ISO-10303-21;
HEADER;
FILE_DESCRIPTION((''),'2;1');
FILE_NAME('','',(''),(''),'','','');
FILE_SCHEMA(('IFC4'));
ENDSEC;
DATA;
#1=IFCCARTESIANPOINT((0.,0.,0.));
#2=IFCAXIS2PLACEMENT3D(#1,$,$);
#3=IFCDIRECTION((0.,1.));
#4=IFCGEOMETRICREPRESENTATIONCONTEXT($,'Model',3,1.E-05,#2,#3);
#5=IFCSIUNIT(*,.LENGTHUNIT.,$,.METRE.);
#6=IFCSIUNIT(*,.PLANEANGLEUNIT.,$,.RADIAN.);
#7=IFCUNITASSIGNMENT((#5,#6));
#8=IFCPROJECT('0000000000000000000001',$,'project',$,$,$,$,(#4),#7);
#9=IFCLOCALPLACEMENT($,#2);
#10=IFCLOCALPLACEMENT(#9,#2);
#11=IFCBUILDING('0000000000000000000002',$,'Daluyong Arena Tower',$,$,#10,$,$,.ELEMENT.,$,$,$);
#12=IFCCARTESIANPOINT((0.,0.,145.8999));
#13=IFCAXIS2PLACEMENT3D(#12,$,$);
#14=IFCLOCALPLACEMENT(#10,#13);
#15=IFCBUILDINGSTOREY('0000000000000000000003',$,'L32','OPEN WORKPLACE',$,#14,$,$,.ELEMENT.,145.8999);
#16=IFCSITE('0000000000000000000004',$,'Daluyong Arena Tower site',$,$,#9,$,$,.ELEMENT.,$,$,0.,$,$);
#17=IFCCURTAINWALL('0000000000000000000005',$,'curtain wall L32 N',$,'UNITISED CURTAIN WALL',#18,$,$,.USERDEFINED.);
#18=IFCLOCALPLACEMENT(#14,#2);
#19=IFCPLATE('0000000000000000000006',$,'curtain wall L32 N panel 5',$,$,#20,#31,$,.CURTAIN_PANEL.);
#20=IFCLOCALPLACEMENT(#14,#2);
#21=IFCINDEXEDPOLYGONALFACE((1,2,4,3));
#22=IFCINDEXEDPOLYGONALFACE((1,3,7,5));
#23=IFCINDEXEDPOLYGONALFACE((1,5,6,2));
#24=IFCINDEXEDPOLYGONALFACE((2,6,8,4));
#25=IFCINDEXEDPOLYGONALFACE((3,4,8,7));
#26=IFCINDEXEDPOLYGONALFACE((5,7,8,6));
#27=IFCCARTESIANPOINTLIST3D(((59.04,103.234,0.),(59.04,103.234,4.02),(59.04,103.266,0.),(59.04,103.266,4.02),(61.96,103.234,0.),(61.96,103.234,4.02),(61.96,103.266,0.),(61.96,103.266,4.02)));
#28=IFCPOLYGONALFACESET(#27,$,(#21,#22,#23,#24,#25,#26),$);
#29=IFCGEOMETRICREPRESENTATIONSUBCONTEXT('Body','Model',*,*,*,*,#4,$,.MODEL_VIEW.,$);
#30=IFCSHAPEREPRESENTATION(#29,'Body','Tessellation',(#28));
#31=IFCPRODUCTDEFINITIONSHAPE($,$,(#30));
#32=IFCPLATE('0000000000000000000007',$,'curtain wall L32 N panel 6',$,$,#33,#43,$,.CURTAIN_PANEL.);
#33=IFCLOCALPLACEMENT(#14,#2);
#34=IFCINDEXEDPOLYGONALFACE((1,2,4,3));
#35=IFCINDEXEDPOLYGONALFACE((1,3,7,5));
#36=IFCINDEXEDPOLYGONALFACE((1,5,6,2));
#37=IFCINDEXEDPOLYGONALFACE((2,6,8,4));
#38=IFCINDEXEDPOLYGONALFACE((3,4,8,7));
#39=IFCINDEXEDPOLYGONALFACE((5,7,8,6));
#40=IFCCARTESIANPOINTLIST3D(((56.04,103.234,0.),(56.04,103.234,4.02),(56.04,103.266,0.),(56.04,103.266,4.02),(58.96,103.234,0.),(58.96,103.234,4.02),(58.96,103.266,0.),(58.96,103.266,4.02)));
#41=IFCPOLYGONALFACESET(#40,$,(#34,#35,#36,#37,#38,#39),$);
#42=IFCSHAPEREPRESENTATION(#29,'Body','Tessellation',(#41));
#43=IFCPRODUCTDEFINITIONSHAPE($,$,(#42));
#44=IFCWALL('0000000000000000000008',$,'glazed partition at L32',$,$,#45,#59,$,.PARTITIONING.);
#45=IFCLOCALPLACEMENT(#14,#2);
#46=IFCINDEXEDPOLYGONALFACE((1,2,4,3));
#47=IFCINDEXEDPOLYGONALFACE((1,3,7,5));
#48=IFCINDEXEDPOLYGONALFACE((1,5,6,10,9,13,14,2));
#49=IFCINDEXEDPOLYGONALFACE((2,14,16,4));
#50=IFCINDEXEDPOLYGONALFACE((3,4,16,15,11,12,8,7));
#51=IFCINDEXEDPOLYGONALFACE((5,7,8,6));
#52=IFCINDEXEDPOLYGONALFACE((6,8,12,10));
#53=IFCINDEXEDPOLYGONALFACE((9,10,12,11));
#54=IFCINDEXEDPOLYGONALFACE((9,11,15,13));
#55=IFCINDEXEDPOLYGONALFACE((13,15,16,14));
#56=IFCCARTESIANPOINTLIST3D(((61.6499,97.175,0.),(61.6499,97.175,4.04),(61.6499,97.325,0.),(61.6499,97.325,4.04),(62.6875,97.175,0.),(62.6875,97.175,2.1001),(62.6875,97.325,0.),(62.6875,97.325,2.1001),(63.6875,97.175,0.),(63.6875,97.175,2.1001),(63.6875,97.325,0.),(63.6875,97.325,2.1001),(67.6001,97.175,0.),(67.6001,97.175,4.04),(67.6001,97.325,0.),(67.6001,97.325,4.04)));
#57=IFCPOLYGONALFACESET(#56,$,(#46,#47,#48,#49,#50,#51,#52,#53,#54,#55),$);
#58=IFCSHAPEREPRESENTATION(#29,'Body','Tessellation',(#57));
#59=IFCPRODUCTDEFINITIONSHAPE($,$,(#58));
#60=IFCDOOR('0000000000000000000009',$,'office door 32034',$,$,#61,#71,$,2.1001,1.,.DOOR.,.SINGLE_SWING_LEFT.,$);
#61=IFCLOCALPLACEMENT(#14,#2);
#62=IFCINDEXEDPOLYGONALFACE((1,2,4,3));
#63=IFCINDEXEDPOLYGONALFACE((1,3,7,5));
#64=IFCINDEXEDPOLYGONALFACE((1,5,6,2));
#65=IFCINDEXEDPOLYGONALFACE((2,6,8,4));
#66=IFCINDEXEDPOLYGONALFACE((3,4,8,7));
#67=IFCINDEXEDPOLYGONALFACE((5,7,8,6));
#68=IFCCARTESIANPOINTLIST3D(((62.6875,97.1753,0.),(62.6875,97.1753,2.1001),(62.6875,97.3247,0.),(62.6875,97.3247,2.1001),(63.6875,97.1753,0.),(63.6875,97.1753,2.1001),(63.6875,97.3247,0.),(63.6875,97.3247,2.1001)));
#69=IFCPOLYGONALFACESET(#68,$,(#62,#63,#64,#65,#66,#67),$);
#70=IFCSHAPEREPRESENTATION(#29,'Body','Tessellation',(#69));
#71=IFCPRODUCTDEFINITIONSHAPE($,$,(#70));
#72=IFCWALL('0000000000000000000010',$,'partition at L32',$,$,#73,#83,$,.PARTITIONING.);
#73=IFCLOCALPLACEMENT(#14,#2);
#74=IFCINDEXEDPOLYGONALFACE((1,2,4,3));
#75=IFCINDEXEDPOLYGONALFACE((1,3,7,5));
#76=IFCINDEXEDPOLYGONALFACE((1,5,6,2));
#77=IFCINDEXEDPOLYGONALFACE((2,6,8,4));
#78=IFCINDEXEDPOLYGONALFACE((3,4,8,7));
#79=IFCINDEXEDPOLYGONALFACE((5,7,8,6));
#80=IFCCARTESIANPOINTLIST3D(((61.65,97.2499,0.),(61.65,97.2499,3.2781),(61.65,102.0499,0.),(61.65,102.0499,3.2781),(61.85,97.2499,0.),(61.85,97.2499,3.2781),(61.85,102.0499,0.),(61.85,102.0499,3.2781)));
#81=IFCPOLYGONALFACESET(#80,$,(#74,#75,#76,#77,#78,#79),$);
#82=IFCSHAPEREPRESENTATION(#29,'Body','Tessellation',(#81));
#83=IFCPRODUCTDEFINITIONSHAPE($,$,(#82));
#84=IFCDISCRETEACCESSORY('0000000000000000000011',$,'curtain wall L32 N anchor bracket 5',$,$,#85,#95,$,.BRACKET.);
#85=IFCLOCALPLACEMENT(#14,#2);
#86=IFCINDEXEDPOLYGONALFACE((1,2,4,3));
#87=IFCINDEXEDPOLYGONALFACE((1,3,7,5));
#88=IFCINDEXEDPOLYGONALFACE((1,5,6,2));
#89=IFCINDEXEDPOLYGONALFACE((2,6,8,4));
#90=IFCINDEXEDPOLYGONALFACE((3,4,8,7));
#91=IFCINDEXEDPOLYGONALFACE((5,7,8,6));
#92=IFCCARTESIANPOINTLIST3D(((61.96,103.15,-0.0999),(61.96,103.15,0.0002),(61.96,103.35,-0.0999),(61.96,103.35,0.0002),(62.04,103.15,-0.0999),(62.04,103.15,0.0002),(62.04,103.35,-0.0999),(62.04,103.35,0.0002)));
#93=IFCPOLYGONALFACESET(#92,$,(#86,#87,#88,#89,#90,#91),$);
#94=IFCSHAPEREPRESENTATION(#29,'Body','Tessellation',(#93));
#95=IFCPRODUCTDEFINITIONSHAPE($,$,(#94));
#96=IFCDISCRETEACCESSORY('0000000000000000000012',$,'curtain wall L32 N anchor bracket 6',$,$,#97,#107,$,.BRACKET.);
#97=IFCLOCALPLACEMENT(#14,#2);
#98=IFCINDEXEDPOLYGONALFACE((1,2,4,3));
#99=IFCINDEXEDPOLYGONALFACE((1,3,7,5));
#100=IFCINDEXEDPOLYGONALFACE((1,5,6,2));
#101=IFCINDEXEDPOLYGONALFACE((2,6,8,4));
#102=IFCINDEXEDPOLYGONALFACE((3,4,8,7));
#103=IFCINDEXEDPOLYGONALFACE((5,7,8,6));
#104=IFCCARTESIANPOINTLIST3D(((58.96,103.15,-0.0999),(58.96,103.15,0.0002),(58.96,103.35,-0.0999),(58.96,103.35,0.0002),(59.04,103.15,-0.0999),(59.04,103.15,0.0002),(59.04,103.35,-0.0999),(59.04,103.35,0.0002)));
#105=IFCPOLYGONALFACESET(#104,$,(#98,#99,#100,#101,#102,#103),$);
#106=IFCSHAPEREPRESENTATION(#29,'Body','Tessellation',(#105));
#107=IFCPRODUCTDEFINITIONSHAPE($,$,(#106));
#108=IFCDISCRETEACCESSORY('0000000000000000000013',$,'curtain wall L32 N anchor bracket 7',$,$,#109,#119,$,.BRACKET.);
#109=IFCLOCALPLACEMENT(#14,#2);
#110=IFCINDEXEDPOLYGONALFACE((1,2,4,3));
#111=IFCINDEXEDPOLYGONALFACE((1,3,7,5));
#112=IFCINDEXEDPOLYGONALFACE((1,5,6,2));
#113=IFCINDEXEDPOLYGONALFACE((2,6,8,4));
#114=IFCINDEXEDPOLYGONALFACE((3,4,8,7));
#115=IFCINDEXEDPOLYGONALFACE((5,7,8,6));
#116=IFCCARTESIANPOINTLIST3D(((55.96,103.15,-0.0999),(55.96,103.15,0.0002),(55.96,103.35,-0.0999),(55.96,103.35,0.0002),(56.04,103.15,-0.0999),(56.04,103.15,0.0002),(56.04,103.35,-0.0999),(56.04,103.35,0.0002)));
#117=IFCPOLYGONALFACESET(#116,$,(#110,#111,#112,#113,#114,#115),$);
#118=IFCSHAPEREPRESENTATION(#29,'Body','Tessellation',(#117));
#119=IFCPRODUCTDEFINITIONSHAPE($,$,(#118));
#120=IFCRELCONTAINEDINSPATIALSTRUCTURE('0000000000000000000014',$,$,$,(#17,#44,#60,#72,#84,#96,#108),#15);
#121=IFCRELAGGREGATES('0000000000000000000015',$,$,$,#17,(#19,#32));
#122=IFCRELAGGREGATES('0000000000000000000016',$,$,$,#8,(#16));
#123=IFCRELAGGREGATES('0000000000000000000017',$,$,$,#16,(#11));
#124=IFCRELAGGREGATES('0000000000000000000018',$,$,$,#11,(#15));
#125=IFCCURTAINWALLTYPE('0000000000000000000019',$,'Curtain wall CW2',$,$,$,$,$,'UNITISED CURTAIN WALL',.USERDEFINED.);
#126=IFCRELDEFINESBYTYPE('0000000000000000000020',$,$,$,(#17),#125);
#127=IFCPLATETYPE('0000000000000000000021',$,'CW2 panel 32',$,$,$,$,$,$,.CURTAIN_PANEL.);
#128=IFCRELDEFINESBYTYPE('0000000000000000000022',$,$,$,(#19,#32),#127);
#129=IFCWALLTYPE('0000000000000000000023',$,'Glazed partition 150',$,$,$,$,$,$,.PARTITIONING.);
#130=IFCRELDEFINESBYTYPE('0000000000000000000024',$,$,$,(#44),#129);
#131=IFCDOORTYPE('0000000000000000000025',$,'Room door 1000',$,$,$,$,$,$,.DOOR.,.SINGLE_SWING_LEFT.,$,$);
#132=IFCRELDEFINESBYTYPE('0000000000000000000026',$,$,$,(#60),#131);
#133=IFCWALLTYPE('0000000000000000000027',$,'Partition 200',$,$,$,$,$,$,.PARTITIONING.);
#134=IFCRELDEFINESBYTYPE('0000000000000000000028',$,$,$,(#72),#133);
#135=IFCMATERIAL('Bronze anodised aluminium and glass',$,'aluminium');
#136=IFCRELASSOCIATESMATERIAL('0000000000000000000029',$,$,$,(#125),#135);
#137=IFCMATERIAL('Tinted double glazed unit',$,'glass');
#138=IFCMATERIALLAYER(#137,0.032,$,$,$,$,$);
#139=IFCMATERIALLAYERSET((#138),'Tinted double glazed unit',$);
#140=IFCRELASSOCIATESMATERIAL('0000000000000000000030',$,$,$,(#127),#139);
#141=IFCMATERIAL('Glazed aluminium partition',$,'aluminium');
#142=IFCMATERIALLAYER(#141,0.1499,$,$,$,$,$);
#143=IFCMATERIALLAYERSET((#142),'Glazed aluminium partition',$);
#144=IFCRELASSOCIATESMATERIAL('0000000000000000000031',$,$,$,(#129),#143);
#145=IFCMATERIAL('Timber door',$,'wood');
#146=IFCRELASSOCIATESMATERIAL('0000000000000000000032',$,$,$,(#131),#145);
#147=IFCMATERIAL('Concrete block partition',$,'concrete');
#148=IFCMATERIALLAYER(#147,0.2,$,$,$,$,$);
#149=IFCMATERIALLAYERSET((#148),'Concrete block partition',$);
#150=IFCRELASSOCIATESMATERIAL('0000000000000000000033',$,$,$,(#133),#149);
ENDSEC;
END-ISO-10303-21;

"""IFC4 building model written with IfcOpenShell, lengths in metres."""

from ifc_helpers import new_model, si_unit, direction, frame, frame_2d, origin, origin_2d, place, context, subcontext, project, spatial, rectangle, extrude, material, layer, layer_set, type_object, element, fill, aggregate, save


model = new_model("IFC4")

# Units and contexts
model_context = context("Model", 3, precision=1e-05, world=origin(), true_north=direction((0.0, 1.0)))
body_context = subcontext(model_context, "Body", "Model", "MODEL_VIEW")
ifc_project = project(units=[si_unit("LENGTHUNIT", "METRE"), si_unit("PLANEANGLEUNIT", "RADIAN")], contexts=[model_context])

# Site, building, storey
site_placement = place(None, origin())
site = spatial("IfcSite", under=ifc_project, at=site_placement, Name="Daluyong Arena Tower site", CompositionType="ELEMENT", RefElevation=0.0)
building_placement = place(site_placement, origin())
building = spatial("IfcBuilding", under=site, at=building_placement, Name="Daluyong Arena Tower", CompositionType="ELEMENT")
storey_placement = place(building_placement, frame((0.0, 0.0, 145.8999)))
storey = spatial("IfcBuildingStorey", under=building, at=storey_placement, Name="L32", Description="OPEN WORKPLACE", CompositionType="ELEMENT", Elevation=145.8999)

# Curtain wall
ifc_material_1 = material(Name="Bronze anodised aluminium and glass", Category="aluminium")
curtain_wall_type = type_object("IfcCurtainWallType", Name="Curtain wall CW2", ElementType="UNITISED CURTAIN WALL", PredefinedType="USERDEFINED", material=ifc_material_1)
curtain_wall_placement = place(storey_placement, origin())
curtain_wall = element("IfcCurtainWall", 1, at=curtain_wall_placement, inside=storey, type_object=curtain_wall_type, Name="curtain wall L32 N", ObjectType="UNITISED CURTAIN WALL", PredefinedType="USERDEFINED")

# Plates
ifc_material_2 = material(Name="Tinted double glazed unit", Category="glass")
ifc_layer_1 = layer(ifc_material_2, 0.032)
ifc_layer_set_1 = layer_set([ifc_layer_1], Name="Tinted double glazed unit")
plate_type = type_object("IfcPlateType", Name="CW2 panel 32", PredefinedType="CURTAIN_PANEL", material=ifc_layer_set_1)
plate_1_placement = place(storey_placement, frame((60.5, 103.25, 0.0), z_axis=(0.0, 0.0, 1.0), x_axis=(-1.0, 0.0, 0.0)))
plate_1 = element("IfcPlate", 2, at=plate_1_placement, type_object=plate_type, Name="curtain wall L32 N panel 5", PredefinedType="CURTAIN_PANEL", context=body_context, shape_type="SweptSolid", body=[
    extrude(rectangle(XDim=2.9199, YDim=0.032, at=origin_2d()), origin(), (0.0, 0.0, 1.0), 4.02),
])
plate_2_placement = place(storey_placement, frame((57.5, 103.25, 0.0), z_axis=(0.0, 0.0, 1.0), x_axis=(-1.0, 0.0, 0.0)))
plate_2 = element("IfcPlate", 3, at=plate_2_placement, type_object=plate_type, Name="curtain wall L32 N panel 6", PredefinedType="CURTAIN_PANEL", context=body_context, shape_type="SweptSolid", body=[
    extrude(rectangle(XDim=2.9199, YDim=0.032, at=origin_2d()), origin(), (0.0, 0.0, 1.0), 4.02),
])
aggregate(curtain_wall, [plate_1, plate_2])

# Wall, opening, door
ifc_material_3 = material(Name="Glazed aluminium partition", Category="aluminium")
ifc_layer_2 = layer(ifc_material_3, 0.1499)
ifc_layer_set_2 = layer_set([ifc_layer_2], Name="Glazed aluminium partition")
wall_type_1 = type_object("IfcWallType", Name="Glazed partition 150", PredefinedType="PARTITIONING", material=ifc_layer_set_2)
wall_1_placement = place(storey_placement, frame((61.6499, 97.25, 0.0), z_axis=(0.0, 0.0, 1.0), x_axis=(1.0, 0.0, 0.0)))
wall_1 = element("IfcWall", 4, at=wall_1_placement, inside=storey, type_object=wall_type_1, Name="glazed partition at L32", PredefinedType="PARTITIONING", context=body_context, shape_type="SweptSolid", body=[
    extrude(rectangle(XDim=5.9502, YDim=0.1499, at=frame_2d((2.9751, 0.0))), origin(), (0.0, 0.0, 1.0), 4.04),
])
opening_placement = place(wall_1_placement, frame((1.0376, 0.0, 0.0)))
opening = element("IfcOpeningElement", 5, at=opening_placement, cuts=wall_1, PredefinedType="OPENING", context=body_context, shape_type="SweptSolid", body=[
    extrude(rectangle(XDim=1.0, YDim=2.1001, at=frame_2d((0.5, 1.05))), frame((0.0, 0.085, 0.0), z_axis=(0.0, -1.0, 0.0), x_axis=(1.0, 0.0, 0.0)), (0.0, 0.0, 1.0), 0.1699),
])
ifc_material_4 = material(Name="Timber door", Category="wood")
door_type = type_object("IfcDoorType", Name="Room door 1000", OperationType="SINGLE_SWING_LEFT", PredefinedType="DOOR", material=ifc_material_4)
door_placement = place(opening_placement, origin())
door = element("IfcDoor", 6, at=door_placement, inside=storey, type_object=door_type, Name="office door 32034", OperationType="SINGLE_SWING_LEFT", OverallHeight=2.1001, OverallWidth=1.0, PredefinedType="DOOR", context=body_context, shape_type="SweptSolid", body=[
    extrude(rectangle(XDim=1.0, YDim=2.1001, at=frame_2d((0.5, 1.05))), frame((0.0, 0.0747, 0.0), z_axis=(0.0, -1.0, 0.0), x_axis=(1.0, 0.0, 0.0)), (0.0, 0.0, 1.0), 0.1494),
])
fill(opening, door)

# Wall
ifc_material_5 = material(Name="Concrete block partition", Category="concrete")
ifc_layer_3 = layer(ifc_material_5, 0.2)
ifc_layer_set_3 = layer_set([ifc_layer_3], Name="Concrete block partition")
wall_type_2 = type_object("IfcWallType", Name="Partition 200", PredefinedType="PARTITIONING", material=ifc_layer_set_3)
wall_2_placement = place(storey_placement, frame((61.75, 97.25, 0.0), z_axis=(0.0, 0.0, 1.0), x_axis=(0.0, 1.0, 0.0)))
element("IfcWall", 7, at=wall_2_placement, inside=storey, type_object=wall_type_2, Name="partition at L32", PredefinedType="PARTITIONING", context=body_context, shape_type="SweptSolid", body=[
    extrude(rectangle(XDim=4.8, YDim=0.2, at=frame_2d((2.3999, 0.0))), origin(), (0.0, 0.0, 1.0), 3.2781),
])

# Discrete accessories
for number, where, z_axis, x_axis, name in (
    (8, (62.0, 103.25, -0.0999), (0.0, 0.0, 1.0), (-1.0, 0.0, 0.0), "curtain wall L32 N anchor bracket 5"),
    (9, (59.0, 103.25, -0.0999), (0.0, 0.0, 1.0), (-1.0, 0.0, 0.0), "curtain wall L32 N anchor bracket 6"),
    (10, (56.0, 103.25, -0.0999), (0.0, 0.0, 1.0), (-1.0, 0.0, 0.0), "curtain wall L32 N anchor bracket 7"),
):
    element("IfcDiscreteAccessory", number, at=place(storey_placement, frame(where, z_axis=z_axis, x_axis=x_axis)), inside=storey, Name=name, PredefinedType="BRACKET", context=body_context, shape_type="SweptSolid", body=[
        extrude(rectangle(XDim=0.0801, YDim=0.2, at=origin_2d()), origin(), (0.0, 0.0, 1.0), 0.1001),
    ])

save(model, "model.ifc")
